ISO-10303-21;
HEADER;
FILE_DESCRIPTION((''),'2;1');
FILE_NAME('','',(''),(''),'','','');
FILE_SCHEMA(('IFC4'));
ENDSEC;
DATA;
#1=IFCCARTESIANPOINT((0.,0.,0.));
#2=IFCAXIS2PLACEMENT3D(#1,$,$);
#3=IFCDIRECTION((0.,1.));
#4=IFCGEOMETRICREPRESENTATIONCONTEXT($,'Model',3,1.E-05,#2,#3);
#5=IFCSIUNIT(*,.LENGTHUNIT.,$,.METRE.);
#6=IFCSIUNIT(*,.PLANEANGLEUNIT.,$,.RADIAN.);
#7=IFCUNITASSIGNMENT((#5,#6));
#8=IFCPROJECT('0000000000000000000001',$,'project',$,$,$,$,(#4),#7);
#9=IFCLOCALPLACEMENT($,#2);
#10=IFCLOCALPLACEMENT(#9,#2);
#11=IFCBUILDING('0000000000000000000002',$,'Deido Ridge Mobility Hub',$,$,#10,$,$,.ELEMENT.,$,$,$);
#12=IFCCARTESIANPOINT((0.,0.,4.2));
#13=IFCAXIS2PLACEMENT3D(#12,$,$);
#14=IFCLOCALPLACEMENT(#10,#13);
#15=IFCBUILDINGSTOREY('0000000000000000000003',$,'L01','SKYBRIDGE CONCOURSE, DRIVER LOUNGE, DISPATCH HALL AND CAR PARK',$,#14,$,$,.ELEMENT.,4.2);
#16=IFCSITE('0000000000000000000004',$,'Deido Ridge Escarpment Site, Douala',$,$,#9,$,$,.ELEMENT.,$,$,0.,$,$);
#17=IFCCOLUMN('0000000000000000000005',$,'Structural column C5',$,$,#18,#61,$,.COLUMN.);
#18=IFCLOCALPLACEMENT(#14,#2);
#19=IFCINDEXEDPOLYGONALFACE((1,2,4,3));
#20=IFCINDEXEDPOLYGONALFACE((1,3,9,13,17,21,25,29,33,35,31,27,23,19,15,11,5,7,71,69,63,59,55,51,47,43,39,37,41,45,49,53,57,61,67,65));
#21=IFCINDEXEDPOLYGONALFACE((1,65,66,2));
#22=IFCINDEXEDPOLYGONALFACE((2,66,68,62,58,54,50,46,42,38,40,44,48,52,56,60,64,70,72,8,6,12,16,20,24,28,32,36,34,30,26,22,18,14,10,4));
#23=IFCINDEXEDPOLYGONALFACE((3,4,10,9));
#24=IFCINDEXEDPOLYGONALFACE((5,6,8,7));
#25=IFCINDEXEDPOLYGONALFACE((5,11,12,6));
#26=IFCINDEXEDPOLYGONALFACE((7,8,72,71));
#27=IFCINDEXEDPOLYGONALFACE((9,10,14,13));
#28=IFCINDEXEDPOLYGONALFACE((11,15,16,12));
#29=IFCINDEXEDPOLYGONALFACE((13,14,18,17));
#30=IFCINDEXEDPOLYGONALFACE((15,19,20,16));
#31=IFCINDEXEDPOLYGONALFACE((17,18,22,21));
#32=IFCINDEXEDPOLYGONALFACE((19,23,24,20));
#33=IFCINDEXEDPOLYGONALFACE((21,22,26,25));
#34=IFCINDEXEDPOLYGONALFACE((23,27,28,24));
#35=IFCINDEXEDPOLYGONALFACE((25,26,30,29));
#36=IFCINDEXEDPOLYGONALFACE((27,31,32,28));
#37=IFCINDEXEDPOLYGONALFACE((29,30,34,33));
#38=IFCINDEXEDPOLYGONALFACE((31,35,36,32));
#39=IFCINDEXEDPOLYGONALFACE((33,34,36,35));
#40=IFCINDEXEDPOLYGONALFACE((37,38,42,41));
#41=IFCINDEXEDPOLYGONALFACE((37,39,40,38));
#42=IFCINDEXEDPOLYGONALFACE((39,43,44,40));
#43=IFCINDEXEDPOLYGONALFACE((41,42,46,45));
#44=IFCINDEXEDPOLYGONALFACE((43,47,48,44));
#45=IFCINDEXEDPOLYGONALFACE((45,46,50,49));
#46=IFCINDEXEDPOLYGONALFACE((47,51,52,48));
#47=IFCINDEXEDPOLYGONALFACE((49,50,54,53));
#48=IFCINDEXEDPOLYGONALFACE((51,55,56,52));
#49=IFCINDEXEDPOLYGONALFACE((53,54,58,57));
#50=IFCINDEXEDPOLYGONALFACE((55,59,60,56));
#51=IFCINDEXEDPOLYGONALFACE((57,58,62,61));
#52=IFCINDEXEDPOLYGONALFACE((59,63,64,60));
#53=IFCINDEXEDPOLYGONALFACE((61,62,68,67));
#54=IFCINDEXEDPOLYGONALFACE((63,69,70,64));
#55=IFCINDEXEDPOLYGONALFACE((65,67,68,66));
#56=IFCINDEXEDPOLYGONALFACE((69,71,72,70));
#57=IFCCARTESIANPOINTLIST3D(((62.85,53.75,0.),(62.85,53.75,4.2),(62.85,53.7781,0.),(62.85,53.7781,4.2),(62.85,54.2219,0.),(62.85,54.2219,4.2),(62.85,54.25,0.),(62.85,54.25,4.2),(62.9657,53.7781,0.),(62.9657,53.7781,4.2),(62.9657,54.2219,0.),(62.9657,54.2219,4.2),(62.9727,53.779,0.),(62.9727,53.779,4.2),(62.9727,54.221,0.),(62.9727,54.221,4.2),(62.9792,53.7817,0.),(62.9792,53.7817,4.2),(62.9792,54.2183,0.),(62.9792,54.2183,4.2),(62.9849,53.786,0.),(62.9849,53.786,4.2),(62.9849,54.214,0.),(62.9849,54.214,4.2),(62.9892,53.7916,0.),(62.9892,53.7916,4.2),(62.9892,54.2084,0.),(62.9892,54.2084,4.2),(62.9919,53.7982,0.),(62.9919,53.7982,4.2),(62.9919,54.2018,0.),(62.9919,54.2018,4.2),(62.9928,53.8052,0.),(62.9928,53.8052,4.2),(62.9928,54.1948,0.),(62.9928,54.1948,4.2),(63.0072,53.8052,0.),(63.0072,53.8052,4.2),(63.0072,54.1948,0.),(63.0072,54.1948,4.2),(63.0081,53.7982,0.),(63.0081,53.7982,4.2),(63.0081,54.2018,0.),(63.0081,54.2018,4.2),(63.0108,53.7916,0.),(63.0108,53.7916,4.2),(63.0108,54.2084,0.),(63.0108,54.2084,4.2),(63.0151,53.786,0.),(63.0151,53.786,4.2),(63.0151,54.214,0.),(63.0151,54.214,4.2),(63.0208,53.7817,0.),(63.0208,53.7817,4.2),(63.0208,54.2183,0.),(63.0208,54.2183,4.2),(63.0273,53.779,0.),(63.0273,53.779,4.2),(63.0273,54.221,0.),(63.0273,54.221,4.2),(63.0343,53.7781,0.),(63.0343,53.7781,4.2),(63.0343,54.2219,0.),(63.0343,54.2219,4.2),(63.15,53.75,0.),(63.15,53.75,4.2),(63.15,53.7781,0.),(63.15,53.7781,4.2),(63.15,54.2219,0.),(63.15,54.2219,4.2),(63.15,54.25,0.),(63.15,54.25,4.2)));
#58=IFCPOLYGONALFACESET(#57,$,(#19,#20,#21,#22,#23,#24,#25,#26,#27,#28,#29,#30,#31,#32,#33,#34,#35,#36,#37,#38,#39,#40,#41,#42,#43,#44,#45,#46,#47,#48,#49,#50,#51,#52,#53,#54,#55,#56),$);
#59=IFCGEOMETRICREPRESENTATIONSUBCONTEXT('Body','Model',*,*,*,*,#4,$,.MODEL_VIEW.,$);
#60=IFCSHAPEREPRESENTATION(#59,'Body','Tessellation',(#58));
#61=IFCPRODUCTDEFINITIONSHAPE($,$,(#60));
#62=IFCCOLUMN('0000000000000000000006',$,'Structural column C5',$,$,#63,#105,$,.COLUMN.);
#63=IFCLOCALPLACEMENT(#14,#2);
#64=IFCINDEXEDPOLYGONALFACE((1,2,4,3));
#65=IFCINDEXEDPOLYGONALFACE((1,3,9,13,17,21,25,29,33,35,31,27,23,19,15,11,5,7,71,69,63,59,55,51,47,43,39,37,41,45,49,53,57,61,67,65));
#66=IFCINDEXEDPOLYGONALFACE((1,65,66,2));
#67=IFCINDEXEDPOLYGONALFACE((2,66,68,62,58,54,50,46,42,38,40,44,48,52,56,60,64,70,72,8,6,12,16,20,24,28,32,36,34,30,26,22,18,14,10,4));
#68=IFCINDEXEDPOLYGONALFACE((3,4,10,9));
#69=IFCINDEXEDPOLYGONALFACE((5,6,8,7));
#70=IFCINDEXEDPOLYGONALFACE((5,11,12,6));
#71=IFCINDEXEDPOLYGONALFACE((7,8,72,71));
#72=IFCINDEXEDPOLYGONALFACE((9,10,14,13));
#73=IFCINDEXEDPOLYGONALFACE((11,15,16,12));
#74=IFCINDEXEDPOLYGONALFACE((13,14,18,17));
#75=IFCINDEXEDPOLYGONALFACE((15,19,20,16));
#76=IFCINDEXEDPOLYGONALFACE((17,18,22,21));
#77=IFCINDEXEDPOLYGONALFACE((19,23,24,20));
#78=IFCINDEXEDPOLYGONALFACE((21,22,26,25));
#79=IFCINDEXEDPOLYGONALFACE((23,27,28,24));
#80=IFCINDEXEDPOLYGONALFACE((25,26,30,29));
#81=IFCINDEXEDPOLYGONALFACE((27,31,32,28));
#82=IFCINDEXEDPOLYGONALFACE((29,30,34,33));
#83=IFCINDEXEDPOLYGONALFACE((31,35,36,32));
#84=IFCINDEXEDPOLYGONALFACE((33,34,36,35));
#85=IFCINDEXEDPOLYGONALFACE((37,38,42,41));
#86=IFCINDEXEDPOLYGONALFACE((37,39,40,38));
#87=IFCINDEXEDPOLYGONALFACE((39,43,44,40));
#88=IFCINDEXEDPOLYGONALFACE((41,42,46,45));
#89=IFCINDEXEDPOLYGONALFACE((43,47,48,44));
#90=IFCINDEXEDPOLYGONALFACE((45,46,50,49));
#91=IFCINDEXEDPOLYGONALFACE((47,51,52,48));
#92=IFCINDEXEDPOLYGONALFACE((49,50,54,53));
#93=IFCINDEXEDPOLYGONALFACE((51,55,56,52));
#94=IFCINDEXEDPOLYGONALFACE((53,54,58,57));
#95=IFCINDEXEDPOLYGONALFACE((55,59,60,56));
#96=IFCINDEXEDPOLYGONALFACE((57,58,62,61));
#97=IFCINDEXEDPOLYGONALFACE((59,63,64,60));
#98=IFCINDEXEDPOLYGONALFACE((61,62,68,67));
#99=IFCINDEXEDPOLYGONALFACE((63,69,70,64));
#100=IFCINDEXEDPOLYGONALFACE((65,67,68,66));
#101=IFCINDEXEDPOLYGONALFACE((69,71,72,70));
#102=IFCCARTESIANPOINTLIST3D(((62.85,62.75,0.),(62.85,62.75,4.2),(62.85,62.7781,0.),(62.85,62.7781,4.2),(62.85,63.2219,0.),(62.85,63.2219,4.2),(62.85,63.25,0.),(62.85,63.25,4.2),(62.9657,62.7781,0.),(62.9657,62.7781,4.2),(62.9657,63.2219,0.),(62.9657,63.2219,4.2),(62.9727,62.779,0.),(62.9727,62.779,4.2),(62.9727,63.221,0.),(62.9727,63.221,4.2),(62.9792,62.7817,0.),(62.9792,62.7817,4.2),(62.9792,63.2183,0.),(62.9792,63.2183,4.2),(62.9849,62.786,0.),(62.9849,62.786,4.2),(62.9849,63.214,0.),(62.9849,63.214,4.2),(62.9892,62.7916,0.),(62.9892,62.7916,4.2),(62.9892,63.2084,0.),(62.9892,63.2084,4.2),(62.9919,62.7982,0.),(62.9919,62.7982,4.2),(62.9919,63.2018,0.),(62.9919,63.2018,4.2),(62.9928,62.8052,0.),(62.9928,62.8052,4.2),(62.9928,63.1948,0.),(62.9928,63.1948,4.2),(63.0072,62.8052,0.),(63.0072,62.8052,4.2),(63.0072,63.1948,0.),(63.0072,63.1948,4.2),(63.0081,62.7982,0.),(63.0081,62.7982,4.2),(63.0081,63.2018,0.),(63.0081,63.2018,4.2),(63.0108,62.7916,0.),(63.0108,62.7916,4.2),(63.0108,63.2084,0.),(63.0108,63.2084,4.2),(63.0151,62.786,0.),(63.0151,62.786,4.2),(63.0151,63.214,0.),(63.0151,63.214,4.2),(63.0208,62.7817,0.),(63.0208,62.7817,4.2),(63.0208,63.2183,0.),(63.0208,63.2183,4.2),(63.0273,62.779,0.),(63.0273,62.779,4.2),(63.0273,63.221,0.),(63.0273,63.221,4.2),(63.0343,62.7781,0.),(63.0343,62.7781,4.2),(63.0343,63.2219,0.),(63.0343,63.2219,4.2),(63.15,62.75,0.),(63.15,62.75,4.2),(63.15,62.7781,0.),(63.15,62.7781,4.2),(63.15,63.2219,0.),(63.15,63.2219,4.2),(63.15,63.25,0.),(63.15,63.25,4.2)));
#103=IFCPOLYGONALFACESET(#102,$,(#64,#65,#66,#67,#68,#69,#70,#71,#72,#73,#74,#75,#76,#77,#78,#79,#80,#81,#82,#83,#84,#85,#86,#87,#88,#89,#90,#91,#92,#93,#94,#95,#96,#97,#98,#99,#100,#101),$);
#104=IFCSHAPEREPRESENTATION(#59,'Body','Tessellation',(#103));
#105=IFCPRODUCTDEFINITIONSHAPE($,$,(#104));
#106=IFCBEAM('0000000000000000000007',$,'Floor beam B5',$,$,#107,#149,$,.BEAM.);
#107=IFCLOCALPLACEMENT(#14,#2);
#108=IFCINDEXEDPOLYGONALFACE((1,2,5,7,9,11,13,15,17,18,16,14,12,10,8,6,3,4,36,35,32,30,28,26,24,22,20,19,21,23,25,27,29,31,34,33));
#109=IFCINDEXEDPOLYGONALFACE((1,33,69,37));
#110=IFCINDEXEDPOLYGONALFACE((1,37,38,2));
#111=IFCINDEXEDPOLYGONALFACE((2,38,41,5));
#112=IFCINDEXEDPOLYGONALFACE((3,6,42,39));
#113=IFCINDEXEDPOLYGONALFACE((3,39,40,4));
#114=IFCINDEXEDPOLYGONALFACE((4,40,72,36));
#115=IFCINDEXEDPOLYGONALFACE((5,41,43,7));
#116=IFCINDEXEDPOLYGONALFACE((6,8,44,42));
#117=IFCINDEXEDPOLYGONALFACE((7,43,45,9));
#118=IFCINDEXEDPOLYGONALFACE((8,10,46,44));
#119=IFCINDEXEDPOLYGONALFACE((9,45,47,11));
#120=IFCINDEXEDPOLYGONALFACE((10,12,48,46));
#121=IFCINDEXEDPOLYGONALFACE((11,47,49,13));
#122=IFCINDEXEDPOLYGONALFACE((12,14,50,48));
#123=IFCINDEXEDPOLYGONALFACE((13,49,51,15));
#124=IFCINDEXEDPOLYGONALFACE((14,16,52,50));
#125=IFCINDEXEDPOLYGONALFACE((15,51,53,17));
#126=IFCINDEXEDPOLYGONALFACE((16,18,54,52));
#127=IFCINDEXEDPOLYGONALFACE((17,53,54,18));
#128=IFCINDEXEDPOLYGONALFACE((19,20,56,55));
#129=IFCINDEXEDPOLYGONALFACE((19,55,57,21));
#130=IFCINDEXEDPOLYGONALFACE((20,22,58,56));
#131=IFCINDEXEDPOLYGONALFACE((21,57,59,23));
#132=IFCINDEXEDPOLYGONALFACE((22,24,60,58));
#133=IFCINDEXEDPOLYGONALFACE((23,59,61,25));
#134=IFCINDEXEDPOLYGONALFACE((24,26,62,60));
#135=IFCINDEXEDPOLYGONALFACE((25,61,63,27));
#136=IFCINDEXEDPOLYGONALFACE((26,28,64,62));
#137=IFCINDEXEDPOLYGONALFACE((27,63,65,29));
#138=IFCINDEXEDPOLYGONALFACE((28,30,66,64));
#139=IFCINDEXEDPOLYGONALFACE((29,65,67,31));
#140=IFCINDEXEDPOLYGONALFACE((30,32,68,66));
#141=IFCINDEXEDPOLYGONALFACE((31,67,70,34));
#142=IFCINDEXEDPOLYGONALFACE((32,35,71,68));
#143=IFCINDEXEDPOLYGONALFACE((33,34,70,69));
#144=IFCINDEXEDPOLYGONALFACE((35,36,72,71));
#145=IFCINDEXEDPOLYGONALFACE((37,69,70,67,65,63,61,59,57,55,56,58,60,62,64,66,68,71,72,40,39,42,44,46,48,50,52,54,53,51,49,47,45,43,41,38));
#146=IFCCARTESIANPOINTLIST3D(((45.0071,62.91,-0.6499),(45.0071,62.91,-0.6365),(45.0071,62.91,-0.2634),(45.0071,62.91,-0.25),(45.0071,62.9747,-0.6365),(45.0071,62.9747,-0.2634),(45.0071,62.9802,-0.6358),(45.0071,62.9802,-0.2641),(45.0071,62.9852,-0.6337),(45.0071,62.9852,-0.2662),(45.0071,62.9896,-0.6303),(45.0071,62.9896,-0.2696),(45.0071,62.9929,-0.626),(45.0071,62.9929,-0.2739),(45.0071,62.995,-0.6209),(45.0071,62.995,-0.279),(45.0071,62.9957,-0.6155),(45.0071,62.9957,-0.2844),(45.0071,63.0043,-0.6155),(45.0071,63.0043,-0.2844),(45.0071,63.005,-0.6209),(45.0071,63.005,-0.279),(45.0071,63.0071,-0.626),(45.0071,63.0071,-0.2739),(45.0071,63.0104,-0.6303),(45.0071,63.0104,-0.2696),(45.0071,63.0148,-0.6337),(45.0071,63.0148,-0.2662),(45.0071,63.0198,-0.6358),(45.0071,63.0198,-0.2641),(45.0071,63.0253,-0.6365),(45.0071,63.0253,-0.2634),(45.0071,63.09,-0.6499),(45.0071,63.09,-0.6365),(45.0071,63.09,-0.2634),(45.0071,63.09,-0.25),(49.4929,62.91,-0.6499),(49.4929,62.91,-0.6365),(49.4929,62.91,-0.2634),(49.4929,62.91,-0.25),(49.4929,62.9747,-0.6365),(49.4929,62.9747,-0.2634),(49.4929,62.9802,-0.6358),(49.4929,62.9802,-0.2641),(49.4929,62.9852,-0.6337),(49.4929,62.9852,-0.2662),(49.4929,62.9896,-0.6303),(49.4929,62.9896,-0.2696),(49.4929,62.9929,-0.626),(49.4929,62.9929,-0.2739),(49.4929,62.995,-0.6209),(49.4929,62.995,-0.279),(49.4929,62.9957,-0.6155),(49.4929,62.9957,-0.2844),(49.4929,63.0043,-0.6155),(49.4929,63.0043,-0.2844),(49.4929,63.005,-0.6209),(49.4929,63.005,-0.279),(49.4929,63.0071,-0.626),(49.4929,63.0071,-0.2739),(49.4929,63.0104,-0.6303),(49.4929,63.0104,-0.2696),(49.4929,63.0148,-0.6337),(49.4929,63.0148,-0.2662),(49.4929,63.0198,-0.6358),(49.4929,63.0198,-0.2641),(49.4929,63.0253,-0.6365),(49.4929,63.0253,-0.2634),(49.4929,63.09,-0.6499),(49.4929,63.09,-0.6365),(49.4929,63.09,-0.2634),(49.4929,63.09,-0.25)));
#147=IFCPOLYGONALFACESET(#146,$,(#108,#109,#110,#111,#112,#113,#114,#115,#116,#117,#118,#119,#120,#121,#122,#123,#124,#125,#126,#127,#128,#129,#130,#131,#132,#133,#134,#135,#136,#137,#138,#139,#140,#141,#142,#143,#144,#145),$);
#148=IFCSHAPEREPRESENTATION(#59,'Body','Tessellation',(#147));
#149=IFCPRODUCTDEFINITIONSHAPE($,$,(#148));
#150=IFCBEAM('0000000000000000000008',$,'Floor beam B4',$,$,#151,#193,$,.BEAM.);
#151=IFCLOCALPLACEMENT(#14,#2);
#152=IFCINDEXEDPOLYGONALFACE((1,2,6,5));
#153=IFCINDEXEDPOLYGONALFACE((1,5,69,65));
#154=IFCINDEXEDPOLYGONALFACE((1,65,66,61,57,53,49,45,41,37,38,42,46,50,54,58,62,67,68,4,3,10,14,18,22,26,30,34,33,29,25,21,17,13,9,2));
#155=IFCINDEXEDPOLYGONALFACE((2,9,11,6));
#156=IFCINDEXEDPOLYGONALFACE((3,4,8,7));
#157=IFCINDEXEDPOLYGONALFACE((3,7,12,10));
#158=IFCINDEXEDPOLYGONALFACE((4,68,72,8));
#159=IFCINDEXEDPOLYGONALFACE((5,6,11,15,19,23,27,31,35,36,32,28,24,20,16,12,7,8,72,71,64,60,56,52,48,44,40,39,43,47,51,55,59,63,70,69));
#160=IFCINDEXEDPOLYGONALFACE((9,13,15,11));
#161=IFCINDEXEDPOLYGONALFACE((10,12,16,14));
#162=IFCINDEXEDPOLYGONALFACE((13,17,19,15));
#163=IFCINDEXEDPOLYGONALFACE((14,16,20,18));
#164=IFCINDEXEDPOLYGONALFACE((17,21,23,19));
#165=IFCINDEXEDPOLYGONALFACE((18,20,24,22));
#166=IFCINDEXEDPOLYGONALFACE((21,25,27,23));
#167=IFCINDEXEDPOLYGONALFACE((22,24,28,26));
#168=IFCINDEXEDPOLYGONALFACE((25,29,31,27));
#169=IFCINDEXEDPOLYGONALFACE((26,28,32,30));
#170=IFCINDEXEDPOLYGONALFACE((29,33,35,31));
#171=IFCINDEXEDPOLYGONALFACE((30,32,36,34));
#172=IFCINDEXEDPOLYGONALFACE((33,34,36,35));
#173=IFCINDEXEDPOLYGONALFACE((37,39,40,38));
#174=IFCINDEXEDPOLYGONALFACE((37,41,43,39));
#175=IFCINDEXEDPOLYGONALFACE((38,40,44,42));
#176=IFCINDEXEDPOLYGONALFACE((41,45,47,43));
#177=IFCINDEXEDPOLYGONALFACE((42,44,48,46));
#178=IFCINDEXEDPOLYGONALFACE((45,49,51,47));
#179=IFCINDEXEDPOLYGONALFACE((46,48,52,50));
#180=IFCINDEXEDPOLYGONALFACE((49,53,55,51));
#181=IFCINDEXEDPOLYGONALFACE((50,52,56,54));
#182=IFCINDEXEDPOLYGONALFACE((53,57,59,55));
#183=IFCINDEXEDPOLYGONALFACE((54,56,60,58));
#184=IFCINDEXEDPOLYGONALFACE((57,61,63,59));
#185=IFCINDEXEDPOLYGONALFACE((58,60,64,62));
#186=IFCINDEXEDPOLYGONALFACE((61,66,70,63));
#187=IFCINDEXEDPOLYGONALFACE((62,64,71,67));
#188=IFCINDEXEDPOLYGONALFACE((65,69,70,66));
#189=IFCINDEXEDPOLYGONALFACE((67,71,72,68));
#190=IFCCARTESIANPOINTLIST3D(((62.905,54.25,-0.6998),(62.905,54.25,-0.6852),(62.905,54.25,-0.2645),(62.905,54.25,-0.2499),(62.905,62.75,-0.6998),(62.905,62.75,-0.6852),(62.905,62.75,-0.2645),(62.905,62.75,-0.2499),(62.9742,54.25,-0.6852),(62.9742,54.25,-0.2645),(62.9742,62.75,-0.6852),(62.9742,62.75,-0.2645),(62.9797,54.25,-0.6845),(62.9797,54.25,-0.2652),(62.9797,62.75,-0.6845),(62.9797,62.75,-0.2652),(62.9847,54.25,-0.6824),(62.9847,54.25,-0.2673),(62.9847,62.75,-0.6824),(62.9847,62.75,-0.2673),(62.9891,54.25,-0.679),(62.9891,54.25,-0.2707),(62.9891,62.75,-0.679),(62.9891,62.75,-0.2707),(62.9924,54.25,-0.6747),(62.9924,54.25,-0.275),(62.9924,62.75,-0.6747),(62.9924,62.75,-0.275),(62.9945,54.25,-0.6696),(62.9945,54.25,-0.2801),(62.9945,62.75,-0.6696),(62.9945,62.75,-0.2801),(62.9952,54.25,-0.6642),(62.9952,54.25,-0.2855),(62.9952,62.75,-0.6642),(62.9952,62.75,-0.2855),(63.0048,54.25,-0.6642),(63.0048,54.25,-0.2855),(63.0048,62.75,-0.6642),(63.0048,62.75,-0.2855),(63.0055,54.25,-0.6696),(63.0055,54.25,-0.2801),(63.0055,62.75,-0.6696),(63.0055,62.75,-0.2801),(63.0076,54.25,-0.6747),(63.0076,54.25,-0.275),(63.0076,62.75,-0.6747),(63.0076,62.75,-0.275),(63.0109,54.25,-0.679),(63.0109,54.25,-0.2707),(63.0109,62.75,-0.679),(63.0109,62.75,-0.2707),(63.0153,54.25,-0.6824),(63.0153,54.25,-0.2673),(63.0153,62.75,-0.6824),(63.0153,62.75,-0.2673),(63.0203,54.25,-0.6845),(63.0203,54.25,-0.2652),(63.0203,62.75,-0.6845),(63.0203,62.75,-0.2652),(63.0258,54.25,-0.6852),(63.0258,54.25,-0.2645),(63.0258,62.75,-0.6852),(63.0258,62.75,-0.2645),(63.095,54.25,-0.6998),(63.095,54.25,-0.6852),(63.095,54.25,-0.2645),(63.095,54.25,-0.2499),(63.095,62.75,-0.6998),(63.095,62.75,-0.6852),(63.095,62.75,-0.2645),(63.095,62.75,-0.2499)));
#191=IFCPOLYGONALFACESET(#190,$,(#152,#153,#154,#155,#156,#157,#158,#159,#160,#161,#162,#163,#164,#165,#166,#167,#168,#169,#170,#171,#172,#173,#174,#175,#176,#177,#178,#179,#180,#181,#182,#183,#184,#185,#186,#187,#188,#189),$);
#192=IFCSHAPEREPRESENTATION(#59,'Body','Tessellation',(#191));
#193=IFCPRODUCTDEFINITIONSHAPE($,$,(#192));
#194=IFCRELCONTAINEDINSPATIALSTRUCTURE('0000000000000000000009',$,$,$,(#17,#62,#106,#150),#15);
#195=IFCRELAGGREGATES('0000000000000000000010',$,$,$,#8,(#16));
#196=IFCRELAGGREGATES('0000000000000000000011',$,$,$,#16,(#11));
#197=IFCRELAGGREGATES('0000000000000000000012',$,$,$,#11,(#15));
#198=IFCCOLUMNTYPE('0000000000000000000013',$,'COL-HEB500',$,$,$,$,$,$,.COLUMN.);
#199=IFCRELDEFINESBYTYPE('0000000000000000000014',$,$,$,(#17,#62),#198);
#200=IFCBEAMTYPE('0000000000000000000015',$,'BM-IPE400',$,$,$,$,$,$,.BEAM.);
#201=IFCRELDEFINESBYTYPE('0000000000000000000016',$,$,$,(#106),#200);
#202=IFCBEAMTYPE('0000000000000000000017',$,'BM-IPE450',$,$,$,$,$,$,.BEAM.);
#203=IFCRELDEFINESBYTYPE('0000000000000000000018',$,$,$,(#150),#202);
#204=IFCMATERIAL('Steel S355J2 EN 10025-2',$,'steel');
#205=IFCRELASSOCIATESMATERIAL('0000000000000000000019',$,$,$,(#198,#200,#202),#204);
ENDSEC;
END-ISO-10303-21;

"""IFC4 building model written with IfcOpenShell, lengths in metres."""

from ifc_helpers import new_model, si_unit, direction, frame, origin, origin_2d, place, context, subcontext, project, spatial, i_section, extrude, material, material_profile, profile_set, type_object, element, save


model = new_model("IFC4")

# Units and contexts
model_context = context("Model", 3, precision=1e-05, world=origin(), true_north=direction((0.0, 1.0)))
body_context = subcontext(model_context, "Body", "Model", "MODEL_VIEW")
ifc_project = project(units=[si_unit("LENGTHUNIT", "METRE"), si_unit("PLANEANGLEUNIT", "RADIAN")], contexts=[model_context])

# Site, building, storey
site_placement = place(None, origin())
site = spatial("IfcSite", under=ifc_project, at=site_placement, Name="Deido Ridge Escarpment Site, Douala", CompositionType="ELEMENT", RefElevation=0.0)
building_placement = place(site_placement, origin())
building = spatial("IfcBuilding", under=site, at=building_placement, Name="Deido Ridge Mobility Hub", CompositionType="ELEMENT")
storey_placement = place(building_placement, frame((0.0, 0.0, 4.2)))
storey = spatial("IfcBuildingStorey", under=building, at=storey_placement, Name="L01", Description="SKYBRIDGE CONCOURSE, DRIVER LOUNGE, DISPATCH HALL AND CAR PARK", CompositionType="ELEMENT", Elevation=4.2)

# Columns
ifc_material_1 = material(Name="Steel S355J2 EN 10025-2", Category="steel")
ifc_material_profile_1 = material_profile(ifc_material_1, i_section(OverallWidth=0.3, OverallDepth=0.5, WebThickness=0.0144, FlangeThickness=0.0281, FilletRadius=0.0271, at=origin_2d()), Name="HEB 500")
ifc_profile_set_1 = profile_set([ifc_material_profile_1], Name="Steel S355J2 EN 10025-2")
column_type = type_object("IfcColumnType", Name="COL-HEB500", PredefinedType="COLUMN", material=ifc_profile_set_1)
for number, where, z_axis, x_axis, name in (
    (1, (63.0, 54.0, 0.0), (0.0, 0.0, 1.0), (1.0, 0.0, 0.0), "Structural column C5"),
    (2, (63.0, 63.0, 0.0), (0.0, 0.0, 1.0), (1.0, 0.0, 0.0), "Structural column C5"),
):
    element("IfcColumn", number, at=place(storey_placement, frame(where, z_axis=z_axis, x_axis=x_axis)), inside=storey, type_object=column_type, Name=name, PredefinedType="COLUMN", context=body_context, shape_type="SweptSolid", body=[
        extrude(i_section(OverallWidth=0.3, OverallDepth=0.5, WebThickness=0.0144, FlangeThickness=0.0281, FilletRadius=0.0271, at=origin_2d()), origin(), (0.0, 0.0, 1.0), 4.2),
    ])

# Beams
ifc_material_profile_2 = material_profile(ifc_material_1, i_section(OverallWidth=0.1799, OverallDepth=0.3999, WebThickness=0.0085, FlangeThickness=0.0134, FilletRadius=0.021, at=origin_2d()), Name="IPE 400")
ifc_profile_set_2 = profile_set([ifc_material_profile_2], Name="Steel S355J2 EN 10025-2")
beam_type_1 = type_object("IfcBeamType", Name="BM-IPE400", PredefinedType="BEAM", material=ifc_profile_set_2)
beam_1_placement = place(storey_placement, frame((45.0071, 63.0, -0.45), z_axis=(1.0, 0.0, 0.0), x_axis=(0.0, 1.0, 0.0)))
element("IfcBeam", 3, at=beam_1_placement, inside=storey, type_object=beam_type_1, Name="Floor beam B5", PredefinedType="BEAM", context=body_context, shape_type="SweptSolid", body=[
    extrude(i_section(OverallWidth=0.1799, OverallDepth=0.3999, WebThickness=0.0085, FlangeThickness=0.0134, FilletRadius=0.021, at=origin_2d()), origin(), (0.0, 0.0, 1.0), 4.4858),
])
ifc_material_profile_3 = material_profile(ifc_material_1, i_section(OverallWidth=0.1899, OverallDepth=0.45, WebThickness=0.0095, FlangeThickness=0.0146, FilletRadius=0.021, at=origin_2d()), Name="IPE 450")
ifc_profile_set_3 = profile_set([ifc_material_profile_3], Name="Steel S355J2 EN 10025-2")
beam_type_2 = type_object("IfcBeamType", Name="BM-IPE450", PredefinedType="BEAM", material=ifc_profile_set_3)
beam_2_placement = place(storey_placement, frame((63.0, 54.25, -0.4749), z_axis=(0.0, 1.0, 0.0), x_axis=(-1.0, 0.0, 0.0)))
element("IfcBeam", 4, at=beam_2_placement, inside=storey, type_object=beam_type_2, Name="Floor beam B4", PredefinedType="BEAM", context=body_context, shape_type="SweptSolid", body=[
    extrude(i_section(OverallWidth=0.1899, OverallDepth=0.45, WebThickness=0.0095, FlangeThickness=0.0146, FilletRadius=0.021, at=origin_2d()), origin(), (0.0, 0.0, 1.0), 8.5),
])

save(model, "model.ifc")
